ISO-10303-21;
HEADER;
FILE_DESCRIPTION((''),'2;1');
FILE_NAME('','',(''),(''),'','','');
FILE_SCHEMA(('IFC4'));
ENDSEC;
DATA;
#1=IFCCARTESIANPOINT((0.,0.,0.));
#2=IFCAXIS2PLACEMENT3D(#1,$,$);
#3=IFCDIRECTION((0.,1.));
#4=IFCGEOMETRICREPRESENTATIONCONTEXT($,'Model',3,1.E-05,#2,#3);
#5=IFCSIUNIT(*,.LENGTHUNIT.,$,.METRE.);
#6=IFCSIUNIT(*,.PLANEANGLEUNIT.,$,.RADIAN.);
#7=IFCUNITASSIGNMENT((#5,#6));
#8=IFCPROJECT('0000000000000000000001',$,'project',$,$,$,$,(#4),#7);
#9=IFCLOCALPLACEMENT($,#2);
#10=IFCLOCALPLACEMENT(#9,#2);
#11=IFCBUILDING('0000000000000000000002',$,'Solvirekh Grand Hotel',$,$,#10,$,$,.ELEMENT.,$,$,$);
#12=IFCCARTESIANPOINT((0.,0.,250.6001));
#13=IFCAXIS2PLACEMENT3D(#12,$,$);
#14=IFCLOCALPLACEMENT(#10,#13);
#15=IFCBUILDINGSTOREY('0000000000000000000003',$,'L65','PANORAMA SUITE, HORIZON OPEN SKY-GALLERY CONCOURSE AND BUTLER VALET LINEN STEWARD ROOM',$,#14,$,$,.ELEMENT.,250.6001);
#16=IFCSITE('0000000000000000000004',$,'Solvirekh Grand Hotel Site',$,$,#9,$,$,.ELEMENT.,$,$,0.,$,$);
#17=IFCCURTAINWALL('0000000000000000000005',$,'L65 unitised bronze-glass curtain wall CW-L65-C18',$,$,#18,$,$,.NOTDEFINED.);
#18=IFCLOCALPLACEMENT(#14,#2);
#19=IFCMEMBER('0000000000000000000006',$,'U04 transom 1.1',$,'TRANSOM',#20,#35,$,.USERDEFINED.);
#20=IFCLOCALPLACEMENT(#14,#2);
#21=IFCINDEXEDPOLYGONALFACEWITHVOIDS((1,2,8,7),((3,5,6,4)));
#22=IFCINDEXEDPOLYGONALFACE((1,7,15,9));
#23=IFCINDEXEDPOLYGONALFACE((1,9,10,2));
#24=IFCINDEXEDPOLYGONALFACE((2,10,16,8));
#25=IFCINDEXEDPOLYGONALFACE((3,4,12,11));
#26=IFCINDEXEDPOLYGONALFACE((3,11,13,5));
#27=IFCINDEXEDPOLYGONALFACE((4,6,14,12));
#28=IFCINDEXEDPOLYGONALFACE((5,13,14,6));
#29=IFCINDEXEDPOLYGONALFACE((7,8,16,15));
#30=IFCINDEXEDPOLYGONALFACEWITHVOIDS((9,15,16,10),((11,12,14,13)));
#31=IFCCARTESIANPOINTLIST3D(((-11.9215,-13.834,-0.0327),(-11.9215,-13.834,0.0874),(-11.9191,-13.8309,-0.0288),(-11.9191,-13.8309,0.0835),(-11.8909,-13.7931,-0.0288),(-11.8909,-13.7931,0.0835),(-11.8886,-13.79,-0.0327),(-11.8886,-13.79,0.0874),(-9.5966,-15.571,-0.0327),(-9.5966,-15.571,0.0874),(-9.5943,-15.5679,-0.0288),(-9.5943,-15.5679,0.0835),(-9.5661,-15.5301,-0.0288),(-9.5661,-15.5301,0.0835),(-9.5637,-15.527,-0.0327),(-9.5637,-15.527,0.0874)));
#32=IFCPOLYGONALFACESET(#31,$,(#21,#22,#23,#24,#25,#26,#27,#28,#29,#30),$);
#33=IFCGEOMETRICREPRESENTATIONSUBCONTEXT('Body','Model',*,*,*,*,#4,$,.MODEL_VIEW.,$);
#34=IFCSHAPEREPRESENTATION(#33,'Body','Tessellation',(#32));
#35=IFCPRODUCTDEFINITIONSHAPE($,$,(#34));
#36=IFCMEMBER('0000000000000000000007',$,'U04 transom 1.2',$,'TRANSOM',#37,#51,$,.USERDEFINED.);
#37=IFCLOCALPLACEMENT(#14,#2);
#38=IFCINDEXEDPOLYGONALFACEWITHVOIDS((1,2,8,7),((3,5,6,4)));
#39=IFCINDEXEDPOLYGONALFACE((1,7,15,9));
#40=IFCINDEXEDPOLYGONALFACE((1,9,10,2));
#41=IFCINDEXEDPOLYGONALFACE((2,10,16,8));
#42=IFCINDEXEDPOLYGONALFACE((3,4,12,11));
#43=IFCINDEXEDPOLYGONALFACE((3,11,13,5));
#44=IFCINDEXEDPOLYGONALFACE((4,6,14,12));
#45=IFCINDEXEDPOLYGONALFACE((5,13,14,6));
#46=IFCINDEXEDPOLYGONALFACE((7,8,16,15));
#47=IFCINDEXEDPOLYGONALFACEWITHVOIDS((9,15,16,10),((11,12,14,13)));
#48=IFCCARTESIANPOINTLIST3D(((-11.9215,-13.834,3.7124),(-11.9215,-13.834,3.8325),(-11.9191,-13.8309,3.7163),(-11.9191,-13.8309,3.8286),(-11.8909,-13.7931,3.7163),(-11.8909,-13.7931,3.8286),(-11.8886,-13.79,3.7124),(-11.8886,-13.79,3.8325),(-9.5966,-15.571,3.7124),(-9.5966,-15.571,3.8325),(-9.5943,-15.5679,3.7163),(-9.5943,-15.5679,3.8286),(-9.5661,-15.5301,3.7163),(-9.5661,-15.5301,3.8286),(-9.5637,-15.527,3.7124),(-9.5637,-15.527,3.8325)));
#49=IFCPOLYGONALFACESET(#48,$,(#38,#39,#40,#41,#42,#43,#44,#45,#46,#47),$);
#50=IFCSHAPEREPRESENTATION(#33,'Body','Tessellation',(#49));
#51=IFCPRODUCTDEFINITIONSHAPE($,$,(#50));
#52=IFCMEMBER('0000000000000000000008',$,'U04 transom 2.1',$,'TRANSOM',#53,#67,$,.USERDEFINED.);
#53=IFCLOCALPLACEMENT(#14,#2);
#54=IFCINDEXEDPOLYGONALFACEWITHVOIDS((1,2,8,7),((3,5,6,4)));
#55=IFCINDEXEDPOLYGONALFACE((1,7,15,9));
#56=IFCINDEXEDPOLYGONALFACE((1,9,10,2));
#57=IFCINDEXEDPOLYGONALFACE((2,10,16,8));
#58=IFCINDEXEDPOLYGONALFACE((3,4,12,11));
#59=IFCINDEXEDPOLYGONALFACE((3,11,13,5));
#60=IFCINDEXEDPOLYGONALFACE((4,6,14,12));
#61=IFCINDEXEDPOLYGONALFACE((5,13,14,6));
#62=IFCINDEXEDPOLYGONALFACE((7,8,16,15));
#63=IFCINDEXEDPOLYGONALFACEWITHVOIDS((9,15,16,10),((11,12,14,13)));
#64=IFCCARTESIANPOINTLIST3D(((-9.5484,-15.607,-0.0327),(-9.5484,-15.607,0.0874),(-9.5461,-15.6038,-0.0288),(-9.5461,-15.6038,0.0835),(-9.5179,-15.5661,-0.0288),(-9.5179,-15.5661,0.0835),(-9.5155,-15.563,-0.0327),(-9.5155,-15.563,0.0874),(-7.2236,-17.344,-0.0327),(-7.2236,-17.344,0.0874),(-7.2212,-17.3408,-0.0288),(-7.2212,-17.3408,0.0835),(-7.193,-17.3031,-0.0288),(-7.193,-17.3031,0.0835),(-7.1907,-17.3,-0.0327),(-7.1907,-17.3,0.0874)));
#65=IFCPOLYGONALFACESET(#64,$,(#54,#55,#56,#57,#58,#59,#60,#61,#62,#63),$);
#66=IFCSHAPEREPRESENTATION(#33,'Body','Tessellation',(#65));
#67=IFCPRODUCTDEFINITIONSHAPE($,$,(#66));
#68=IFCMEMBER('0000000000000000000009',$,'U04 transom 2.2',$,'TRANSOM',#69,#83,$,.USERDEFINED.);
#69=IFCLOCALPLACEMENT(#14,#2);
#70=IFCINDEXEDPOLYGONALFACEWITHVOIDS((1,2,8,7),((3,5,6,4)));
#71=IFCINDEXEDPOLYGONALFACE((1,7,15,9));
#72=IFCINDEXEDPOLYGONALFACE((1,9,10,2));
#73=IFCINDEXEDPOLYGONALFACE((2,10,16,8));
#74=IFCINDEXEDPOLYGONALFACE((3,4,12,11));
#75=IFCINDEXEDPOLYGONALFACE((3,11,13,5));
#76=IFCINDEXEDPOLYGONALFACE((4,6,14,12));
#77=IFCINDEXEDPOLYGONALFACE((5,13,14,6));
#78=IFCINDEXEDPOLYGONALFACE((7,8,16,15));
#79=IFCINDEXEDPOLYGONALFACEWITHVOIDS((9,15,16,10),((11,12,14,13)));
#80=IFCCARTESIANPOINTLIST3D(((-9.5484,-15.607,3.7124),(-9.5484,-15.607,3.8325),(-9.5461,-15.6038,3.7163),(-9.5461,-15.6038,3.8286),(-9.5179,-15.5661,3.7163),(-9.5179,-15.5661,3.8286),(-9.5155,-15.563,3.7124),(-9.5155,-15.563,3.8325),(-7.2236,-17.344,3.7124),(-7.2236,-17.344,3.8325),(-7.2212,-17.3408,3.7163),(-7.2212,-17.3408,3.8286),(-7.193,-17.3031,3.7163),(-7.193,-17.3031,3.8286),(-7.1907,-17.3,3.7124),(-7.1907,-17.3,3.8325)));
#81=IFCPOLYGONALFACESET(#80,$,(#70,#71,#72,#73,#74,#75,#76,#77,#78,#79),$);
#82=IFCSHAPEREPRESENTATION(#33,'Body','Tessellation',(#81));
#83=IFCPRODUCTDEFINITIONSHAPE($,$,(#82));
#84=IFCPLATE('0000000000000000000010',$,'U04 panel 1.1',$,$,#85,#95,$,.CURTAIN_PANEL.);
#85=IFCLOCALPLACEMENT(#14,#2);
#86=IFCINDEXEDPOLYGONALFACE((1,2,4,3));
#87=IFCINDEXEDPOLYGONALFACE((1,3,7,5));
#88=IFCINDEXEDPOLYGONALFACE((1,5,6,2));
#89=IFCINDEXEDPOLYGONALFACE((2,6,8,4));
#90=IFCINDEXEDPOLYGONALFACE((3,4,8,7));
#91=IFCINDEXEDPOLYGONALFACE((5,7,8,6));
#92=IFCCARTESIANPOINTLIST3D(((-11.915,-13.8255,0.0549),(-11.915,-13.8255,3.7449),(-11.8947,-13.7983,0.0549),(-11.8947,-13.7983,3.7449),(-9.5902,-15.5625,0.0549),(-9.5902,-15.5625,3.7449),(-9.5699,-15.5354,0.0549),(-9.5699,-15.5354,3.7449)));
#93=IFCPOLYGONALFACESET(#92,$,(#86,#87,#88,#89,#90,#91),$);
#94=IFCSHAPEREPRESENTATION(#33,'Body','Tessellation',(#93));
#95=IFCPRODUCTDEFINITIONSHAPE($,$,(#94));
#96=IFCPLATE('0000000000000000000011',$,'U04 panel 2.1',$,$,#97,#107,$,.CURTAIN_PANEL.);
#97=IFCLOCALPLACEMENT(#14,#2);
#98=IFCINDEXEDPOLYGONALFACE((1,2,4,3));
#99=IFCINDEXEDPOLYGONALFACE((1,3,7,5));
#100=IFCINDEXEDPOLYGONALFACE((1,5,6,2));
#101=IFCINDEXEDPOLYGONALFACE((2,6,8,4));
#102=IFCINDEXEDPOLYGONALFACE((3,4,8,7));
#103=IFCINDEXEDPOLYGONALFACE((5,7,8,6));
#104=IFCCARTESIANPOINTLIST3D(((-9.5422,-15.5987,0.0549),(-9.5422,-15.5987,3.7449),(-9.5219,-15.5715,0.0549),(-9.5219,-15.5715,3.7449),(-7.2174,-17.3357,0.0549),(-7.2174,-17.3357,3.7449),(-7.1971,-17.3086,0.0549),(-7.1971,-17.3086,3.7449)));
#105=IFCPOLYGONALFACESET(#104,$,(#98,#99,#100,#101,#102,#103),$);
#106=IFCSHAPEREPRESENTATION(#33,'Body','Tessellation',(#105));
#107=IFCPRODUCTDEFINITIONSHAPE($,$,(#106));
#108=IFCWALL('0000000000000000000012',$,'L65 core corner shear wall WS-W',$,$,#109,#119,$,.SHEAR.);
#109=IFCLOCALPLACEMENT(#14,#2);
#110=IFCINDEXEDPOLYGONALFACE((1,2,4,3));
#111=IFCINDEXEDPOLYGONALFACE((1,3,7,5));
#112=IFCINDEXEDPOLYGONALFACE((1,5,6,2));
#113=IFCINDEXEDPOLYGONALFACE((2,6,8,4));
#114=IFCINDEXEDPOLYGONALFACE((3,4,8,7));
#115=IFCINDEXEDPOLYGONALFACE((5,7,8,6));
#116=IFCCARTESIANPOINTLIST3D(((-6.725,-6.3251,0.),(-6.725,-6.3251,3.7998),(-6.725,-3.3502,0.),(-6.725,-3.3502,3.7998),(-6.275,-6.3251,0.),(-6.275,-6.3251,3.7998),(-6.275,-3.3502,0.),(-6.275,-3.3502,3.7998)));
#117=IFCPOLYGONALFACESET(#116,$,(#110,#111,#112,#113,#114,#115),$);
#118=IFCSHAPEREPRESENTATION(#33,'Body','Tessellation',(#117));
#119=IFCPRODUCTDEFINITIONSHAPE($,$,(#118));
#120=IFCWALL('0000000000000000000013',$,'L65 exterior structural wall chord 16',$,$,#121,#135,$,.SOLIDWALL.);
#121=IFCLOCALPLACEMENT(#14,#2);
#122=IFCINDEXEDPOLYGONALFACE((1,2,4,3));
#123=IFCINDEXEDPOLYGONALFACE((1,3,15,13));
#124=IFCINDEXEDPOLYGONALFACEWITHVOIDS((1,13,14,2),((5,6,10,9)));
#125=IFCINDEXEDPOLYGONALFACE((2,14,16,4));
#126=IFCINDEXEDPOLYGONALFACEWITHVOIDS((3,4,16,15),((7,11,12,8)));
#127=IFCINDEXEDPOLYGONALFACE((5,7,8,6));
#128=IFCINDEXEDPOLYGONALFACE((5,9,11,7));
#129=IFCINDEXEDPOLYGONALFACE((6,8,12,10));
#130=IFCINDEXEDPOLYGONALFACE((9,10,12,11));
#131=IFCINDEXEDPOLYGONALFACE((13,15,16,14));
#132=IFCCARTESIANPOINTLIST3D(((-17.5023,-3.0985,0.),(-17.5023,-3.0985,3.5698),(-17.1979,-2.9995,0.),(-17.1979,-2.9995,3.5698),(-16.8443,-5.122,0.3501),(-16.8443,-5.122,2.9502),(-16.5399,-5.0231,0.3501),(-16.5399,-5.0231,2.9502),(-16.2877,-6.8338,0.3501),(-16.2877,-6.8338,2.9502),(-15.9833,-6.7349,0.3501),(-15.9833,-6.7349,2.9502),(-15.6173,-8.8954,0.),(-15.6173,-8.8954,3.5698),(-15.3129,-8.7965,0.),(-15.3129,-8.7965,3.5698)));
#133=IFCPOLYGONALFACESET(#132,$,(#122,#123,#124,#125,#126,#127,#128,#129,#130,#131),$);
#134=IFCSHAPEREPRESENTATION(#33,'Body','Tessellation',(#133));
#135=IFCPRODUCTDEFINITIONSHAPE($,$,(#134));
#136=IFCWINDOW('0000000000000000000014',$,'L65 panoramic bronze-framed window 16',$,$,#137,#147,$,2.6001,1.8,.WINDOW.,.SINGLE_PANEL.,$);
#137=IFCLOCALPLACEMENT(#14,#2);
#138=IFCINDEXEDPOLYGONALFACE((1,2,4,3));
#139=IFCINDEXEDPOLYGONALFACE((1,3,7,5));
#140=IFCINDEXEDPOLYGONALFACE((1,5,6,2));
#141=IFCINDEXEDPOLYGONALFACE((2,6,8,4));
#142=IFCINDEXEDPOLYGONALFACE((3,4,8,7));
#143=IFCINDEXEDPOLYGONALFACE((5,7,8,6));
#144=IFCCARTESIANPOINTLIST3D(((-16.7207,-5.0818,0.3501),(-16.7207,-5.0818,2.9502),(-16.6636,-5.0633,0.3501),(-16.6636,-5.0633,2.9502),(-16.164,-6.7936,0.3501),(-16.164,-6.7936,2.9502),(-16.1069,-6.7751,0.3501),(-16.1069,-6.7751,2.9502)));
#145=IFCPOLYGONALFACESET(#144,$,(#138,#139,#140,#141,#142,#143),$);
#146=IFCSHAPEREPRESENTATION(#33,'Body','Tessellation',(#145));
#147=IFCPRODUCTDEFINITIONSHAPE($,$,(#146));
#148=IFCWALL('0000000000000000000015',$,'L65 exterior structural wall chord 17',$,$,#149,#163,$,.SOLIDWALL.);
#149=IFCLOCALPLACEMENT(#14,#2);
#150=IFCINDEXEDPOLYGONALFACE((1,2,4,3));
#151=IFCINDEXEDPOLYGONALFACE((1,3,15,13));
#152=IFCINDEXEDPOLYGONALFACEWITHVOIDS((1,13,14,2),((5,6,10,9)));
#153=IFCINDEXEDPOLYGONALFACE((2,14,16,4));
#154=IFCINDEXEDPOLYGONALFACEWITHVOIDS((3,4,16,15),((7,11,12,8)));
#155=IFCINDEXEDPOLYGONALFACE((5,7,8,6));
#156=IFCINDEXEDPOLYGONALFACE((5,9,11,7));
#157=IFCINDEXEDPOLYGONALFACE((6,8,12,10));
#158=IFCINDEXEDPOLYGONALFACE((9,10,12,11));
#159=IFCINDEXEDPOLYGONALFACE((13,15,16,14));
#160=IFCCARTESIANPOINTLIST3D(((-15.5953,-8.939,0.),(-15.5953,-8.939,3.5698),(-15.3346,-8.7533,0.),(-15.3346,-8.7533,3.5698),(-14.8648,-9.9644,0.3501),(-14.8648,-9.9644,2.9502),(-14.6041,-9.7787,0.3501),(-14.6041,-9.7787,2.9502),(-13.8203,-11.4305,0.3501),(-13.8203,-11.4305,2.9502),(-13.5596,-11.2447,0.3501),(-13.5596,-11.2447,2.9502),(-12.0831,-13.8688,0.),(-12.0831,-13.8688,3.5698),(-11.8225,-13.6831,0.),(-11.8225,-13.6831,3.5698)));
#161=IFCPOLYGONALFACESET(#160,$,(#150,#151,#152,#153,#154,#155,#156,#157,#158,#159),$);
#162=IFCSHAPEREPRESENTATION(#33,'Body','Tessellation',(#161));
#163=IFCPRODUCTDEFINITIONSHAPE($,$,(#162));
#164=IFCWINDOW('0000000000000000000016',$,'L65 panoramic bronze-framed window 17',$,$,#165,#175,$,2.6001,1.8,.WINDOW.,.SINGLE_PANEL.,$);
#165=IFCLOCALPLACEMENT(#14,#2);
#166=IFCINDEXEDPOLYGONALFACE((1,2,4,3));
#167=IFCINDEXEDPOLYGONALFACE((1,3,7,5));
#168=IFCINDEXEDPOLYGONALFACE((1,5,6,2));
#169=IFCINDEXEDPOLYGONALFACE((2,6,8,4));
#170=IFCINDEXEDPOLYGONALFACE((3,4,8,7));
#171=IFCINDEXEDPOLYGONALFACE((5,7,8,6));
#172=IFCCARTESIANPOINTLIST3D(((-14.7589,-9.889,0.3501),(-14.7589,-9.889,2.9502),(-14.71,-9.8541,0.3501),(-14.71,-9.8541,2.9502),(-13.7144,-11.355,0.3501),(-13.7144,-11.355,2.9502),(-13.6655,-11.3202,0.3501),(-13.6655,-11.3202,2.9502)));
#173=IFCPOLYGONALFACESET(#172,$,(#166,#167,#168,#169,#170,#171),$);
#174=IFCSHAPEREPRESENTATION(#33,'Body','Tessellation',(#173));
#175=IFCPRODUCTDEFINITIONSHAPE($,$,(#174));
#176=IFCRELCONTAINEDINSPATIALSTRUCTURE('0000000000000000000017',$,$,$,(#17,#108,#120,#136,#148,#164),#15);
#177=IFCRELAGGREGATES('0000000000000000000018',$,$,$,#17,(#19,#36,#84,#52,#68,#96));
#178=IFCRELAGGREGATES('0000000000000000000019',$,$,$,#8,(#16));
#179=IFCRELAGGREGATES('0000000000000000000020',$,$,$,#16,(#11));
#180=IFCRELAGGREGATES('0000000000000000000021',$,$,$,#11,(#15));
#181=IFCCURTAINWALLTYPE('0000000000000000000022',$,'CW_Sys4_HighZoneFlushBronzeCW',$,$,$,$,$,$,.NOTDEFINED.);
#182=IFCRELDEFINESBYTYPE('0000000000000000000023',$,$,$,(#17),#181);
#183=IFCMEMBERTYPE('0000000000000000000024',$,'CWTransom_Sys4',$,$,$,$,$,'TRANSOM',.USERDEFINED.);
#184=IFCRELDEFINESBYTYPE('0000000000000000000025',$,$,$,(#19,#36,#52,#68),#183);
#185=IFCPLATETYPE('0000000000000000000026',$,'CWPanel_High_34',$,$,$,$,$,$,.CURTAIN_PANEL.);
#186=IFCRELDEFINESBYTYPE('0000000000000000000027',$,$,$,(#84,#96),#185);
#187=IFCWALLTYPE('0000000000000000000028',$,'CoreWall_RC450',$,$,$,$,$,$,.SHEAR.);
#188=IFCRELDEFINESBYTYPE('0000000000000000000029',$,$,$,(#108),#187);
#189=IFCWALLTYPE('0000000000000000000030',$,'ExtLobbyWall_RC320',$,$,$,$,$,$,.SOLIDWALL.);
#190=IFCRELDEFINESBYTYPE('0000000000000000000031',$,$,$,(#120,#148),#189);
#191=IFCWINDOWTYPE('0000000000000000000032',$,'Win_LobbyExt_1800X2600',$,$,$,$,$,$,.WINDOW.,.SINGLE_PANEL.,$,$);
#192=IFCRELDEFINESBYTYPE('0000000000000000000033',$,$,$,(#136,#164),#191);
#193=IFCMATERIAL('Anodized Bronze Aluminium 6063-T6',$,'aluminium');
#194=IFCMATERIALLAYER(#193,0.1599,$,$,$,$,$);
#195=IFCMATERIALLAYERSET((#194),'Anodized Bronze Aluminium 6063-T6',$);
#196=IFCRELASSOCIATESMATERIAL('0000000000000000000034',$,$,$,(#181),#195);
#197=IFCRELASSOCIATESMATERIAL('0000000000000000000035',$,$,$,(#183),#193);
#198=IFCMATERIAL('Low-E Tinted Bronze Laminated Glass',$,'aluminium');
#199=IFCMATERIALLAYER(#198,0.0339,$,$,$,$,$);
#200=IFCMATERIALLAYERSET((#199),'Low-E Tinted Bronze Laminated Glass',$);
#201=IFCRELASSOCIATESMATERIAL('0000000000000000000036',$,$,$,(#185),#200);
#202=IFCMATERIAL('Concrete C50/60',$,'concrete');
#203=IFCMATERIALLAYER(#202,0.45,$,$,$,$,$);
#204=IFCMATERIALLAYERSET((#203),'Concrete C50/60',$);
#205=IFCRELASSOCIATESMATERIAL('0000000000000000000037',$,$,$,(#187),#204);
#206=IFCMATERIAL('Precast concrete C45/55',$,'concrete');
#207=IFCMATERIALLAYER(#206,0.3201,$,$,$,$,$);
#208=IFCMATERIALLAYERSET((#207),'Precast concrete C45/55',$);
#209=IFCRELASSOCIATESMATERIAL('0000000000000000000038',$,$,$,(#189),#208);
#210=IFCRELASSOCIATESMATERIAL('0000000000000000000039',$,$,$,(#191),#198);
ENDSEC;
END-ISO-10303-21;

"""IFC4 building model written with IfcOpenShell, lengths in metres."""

from ifc_helpers import new_model, si_unit, direction, frame, frame_2d, origin, origin_2d, place, context, subcontext, project, spatial, rectangle, hollow_rectangle, extrude, source, transform, mapped, material, layer, layer_set, material_profile, profile_set, type_object, element, fill, aggregate, save


model = new_model("IFC4")

# Units and contexts
model_context = context("Model", 3, precision=1e-05, world=origin(), true_north=direction((0.0, 1.0)))
body_context = subcontext(model_context, "Body", "Model", "MODEL_VIEW")
ifc_project = project(units=[si_unit("LENGTHUNIT", "METRE"), si_unit("PLANEANGLEUNIT", "RADIAN")], contexts=[model_context])

# Site, building, storey
site_placement = place(None, origin())
site = spatial("IfcSite", under=ifc_project, at=site_placement, Name="Solvirekh Grand Hotel Site", CompositionType="ELEMENT", RefElevation=0.0)
building_placement = place(site_placement, origin())
building = spatial("IfcBuilding", under=site, at=building_placement, Name="Solvirekh Grand Hotel", CompositionType="ELEMENT")
storey_placement = place(building_placement, frame((0.0, 0.0, 250.6001)))
storey = spatial("IfcBuildingStorey", under=building, at=storey_placement, Name="L65", Description="PANORAMA SUITE, HORIZON OPEN SKY-GALLERY CONCOURSE AND BUTLER VALET LINEN STEWARD ROOM", CompositionType="ELEMENT", Elevation=250.6001)

# Shared definitions
ifc_material_1 = material(Name="Concrete C50/60", Category="concrete")

# Curtain wall, members, plates
ifc_material_2 = material(Name="Anodized Bronze Aluminium 6063-T6", Category="aluminium")
ifc_layer_1 = layer(ifc_material_2, 0.1599)
ifc_layer_set_1 = layer_set([ifc_layer_1], Name="Anodized Bronze Aluminium 6063-T6")
curtain_wall_type = type_object("IfcCurtainWallType", Name="CW_Sys4_HighZoneFlushBronzeCW", PredefinedType="NOTDEFINED", material=ifc_layer_set_1)
curtain_wall_placement = place(storey_placement, origin())
curtain_wall = element("IfcCurtainWall", 1, at=curtain_wall_placement, inside=storey, type_object=curtain_wall_type, Name="L65 unitised bronze-glass curtain wall CW-L65-C18", PredefinedType="NOTDEFINED")
ifc_material_profile_1 = material_profile(ifc_material_2, hollow_rectangle(XDim=0.0549, YDim=0.1201, WallThickness=0.0039, at=origin_2d()), Name="ALU RHS 120X55X4")
ifc_profile_set_1 = profile_set([ifc_material_profile_1], Name="Anodized Bronze Aluminium 6063-T6")
member_type_1 = type_object("IfcMemberType", Name="CWTransom_Sys4", ElementType="TRANSOM", PredefinedType="USERDEFINED", material=ifc_profile_set_1)
shared_shape_1 = source(origin(), body_context, "Body", "SweptSolid", [
    extrude(hollow_rectangle(XDim=0.0549, YDim=0.1201, WallThickness=0.0039, at=origin_2d()), origin(), (0.0, 0.0, 1.0), 2.9021),
])
member_1_placement = place(storey_placement, frame((-11.905, -13.812, 0.0273), z_axis=(0.801099, -0.598532, 0.0), x_axis=(0.598532, 0.801099, 0.0)))
member_1 = element("IfcMember", 2, at=member_1_placement, type_object=member_type_1, Name="U04 transom 1.1", ObjectType="TRANSOM", PredefinedType="USERDEFINED", context=body_context, shape_type="MappedRepresentation", body=[
    mapped(shared_shape_1, transform((0.0, 0.0, 0.0), x_axis=(1.0, 0.0, 0.0), y_axis=(0.0, 1.0, 0.0), z_axis=(0.0, 0.0, 1.0), scale=1.0)),
])
member_2_placement = place(storey_placement, frame((-11.905, -13.812, 3.7725), z_axis=(0.801099, -0.598532, 0.0), x_axis=(0.598532, 0.801099, 0.0)))
member_2 = element("IfcMember", 3, at=member_2_placement, type_object=member_type_1, Name="U04 transom 1.2", ObjectType="TRANSOM", PredefinedType="USERDEFINED", context=body_context, shape_type="MappedRepresentation", body=[
    mapped(shared_shape_1, transform((0.0, 0.0, 0.0), x_axis=(1.0, 0.0, 0.0), y_axis=(0.0, 1.0, 0.0), z_axis=(0.0, 0.0, 1.0), scale=1.0)),
])
member_3_placement = place(storey_placement, frame((-9.532, -15.585, 0.0273), z_axis=(0.801099, -0.598532, 0.0), x_axis=(0.598532, 0.801099, 0.0)))
member_3 = element("IfcMember", 4, at=member_3_placement, type_object=member_type_1, Name="U04 transom 2.1", ObjectType="TRANSOM", PredefinedType="USERDEFINED", context=body_context, shape_type="MappedRepresentation", body=[
    mapped(shared_shape_1, transform((0.0, 0.0, 0.0), x_axis=(1.0, 0.0, 0.0), y_axis=(0.0, 1.0, 0.0), z_axis=(0.0, 0.0, 1.0), scale=1.0)),
])
member_4_placement = place(storey_placement, frame((-9.532, -15.585, 3.7725), z_axis=(0.801099, -0.598532, 0.0), x_axis=(0.598532, 0.801099, 0.0)))
member_4 = element("IfcMember", 5, at=member_4_placement, type_object=member_type_1, Name="U04 transom 2.2", ObjectType="TRANSOM", PredefinedType="USERDEFINED", context=body_context, shape_type="MappedRepresentation", body=[
    mapped(shared_shape_1, transform((0.0, 0.0, 0.0), x_axis=(1.0, 0.0, 0.0), y_axis=(0.0, 1.0, 0.0), z_axis=(0.0, 0.0, 1.0), scale=1.0)),
])
ifc_material_3 = material(Name="Low-E Tinted Bronze Laminated Glass", Category="aluminium")
ifc_layer_2 = layer(ifc_material_3, 0.0339)
ifc_layer_set_2 = layer_set([ifc_layer_2], Name="Low-E Tinted Bronze Laminated Glass")
plate_type = type_object("IfcPlateType", Name="CWPanel_High_34", PredefinedType="CURTAIN_PANEL", material=ifc_layer_set_2)
shared_shape_2 = source(origin(), body_context, "Body", "SweptSolid", [
    extrude(rectangle(XDim=2.9021, YDim=0.0339, at=origin_2d()), origin(), (0.0, 0.0, 1.0), 3.6899),
])
plate_1_placement = place(storey_placement, frame((-10.7424, -14.6804, 0.0549), z_axis=(0.0, 0.0, 1.0), x_axis=(0.801082, -0.598555, 0.0)))
plate_1 = element("IfcPlate", 6, at=plate_1_placement, type_object=plate_type, Name="U04 panel 1.1", PredefinedType="CURTAIN_PANEL", context=body_context, shape_type="MappedRepresentation", body=[
    mapped(shared_shape_2, transform((0.0, 0.0, 0.0), x_axis=(1.0, 0.0, 0.0), y_axis=(0.0, 1.0, 0.0), z_axis=(0.0, 0.0, 1.0), scale=1.0)),
])
plate_2_placement = place(storey_placement, frame((-8.3696, -16.4536, 0.0549), z_axis=(0.0, 0.0, 1.0), x_axis=(0.801082, -0.598555, 0.0)))
plate_2 = element("IfcPlate", 7, at=plate_2_placement, type_object=plate_type, Name="U04 panel 2.1", PredefinedType="CURTAIN_PANEL", context=body_context, shape_type="MappedRepresentation", body=[
    mapped(shared_shape_2, transform((0.0, 0.0, 0.0), x_axis=(1.0, 0.0, 0.0), y_axis=(0.0, 1.0, 0.0), z_axis=(0.0, 0.0, 1.0), scale=1.0)),
])
aggregate(curtain_wall, [member_1, member_2, plate_1, member_3, member_4, plate_2])

# Wall
ifc_layer_3 = layer(ifc_material_1, 0.45)
ifc_layer_set_3 = layer_set([ifc_layer_3], Name="Concrete C50/60")
wall_type_1 = type_object("IfcWallType", Name="CoreWall_RC450", PredefinedType="SHEAR", material=ifc_layer_set_3)
wall_1_placement = place(storey_placement, frame((-6.5, -6.325, 0.0), z_axis=(0.0, 0.0, 1.0), x_axis=(0.0, 1.0, 0.0)))
element("IfcWall", 8, at=wall_1_placement, inside=storey, type_object=wall_type_1, Name="L65 core corner shear wall WS-W", PredefinedType="SHEAR", context=body_context, shape_type="SweptSolid", body=[
    extrude(rectangle(XDim=2.9749, YDim=0.45, at=frame_2d((1.4873, 0.0))), origin(), (0.0, 0.0, 1.0), 3.7998),
])

# Walls, openings, windows
ifc_material_4 = material(Name="Precast concrete C45/55", Category="concrete")
ifc_layer_4 = layer(ifc_material_4, 0.3201)
ifc_layer_set_4 = layer_set([ifc_layer_4], Name="Precast concrete C45/55")
wall_type_2 = type_object("IfcWallType", Name="ExtLobbyWall_RC320", PredefinedType="SOLIDWALL", material=ifc_layer_set_4)
wall_2_placement = place(storey_placement, frame((-15.4651, -8.8459, 0.0), z_axis=(0.0, 0.0, 1.0), x_axis=(-0.309238, 0.950985, 0.0)))
wall_2 = element("IfcWall", 9, at=wall_2_placement, inside=storey, type_object=wall_type_2, Name="L65 exterior structural wall chord 16", PredefinedType="SOLIDWALL", context=body_context, shape_type="SweptSolid", body=[
    extrude(rectangle(XDim=6.0957, YDim=0.3201, at=frame_2d((3.0479, 0.0))), origin(), (0.0, 0.0, 1.0), 3.5698),
])
opening_1_placement = place(wall_2_placement, frame((2.168, 0.0, 0.3501)))
opening_1 = element("IfcOpeningElement", 10, at=opening_1_placement, cuts=wall_2, PredefinedType="OPENING", context=body_context, shape_type="SweptSolid", body=[
    extrude(rectangle(XDim=1.8, YDim=2.6001, at=frame_2d((0.8999, 1.3))), frame((0.0, 0.1699, 0.0), z_axis=(0.0, -1.0, 0.0), x_axis=(1.0, 0.0, 0.0)), (0.0, 0.0, 1.0), 0.3401),
])
window_type = type_object("IfcWindowType", Name="Win_LobbyExt_1800X2600", PartitioningType="SINGLE_PANEL", PredefinedType="WINDOW", material=ifc_material_3)
window_1_placement = place(opening_1_placement, origin())
window_1 = element("IfcWindow", 11, at=window_1_placement, inside=storey, type_object=window_type, Name="L65 panoramic bronze-framed window 16", OverallHeight=2.6001, OverallWidth=1.8, PartitioningType="SINGLE_PANEL", PredefinedType="WINDOW", context=body_context, shape_type="SweptSolid", body=[
    extrude(rectangle(XDim=1.8, YDim=2.6001, at=frame_2d((0.8999, 1.3))), frame((0.0, 0.03, 0.0), z_axis=(0.0, -1.0, 0.0), x_axis=(1.0, 0.0, 0.0)), (0.0, 0.0, 1.0), 0.0601),
])
fill(opening_1, window_1)
wall_3_placement = place(storey_placement, frame((-11.9529, -13.7759, 0.0), z_axis=(0.0, 0.0, 1.0), x_axis=(-0.580234, 0.81445, 0.0)))
wall_3 = element("IfcWall", 12, at=wall_3_placement, inside=storey, type_object=wall_type_2, Name="L65 exterior structural wall chord 17", PredefinedType="SOLIDWALL", context=body_context, shape_type="SweptSolid", body=[
    extrude(rectangle(XDim=6.053, YDim=0.3201, at=frame_2d((3.0264, 0.0))), origin(), (0.0, 0.0, 1.0), 3.5698),
])
opening_2_placement = place(wall_3_placement, frame((2.9939, 0.0, 0.3501)))
opening_2 = element("IfcOpeningElement", 13, at=opening_2_placement, cuts=wall_3, PredefinedType="OPENING", context=body_context, shape_type="SweptSolid", body=[
    extrude(rectangle(XDim=1.8, YDim=2.6001, at=frame_2d((0.8999, 1.3))), frame((0.0, 0.1699, 0.0), z_axis=(0.0, -1.0, 0.0), x_axis=(1.0, 0.0, 0.0)), (0.0, 0.0, 1.0), 0.3401),
])
window_2_placement = place(opening_2_placement, origin())
window_2 = element("IfcWindow", 14, at=window_2_placement, inside=storey, type_object=window_type, Name="L65 panoramic bronze-framed window 17", OverallHeight=2.6001, OverallWidth=1.8, PartitioningType="SINGLE_PANEL", PredefinedType="WINDOW", context=body_context, shape_type="SweptSolid", body=[
    extrude(rectangle(XDim=1.8, YDim=2.6001, at=frame_2d((0.8999, 1.3))), frame((0.0, 0.03, 0.0), z_axis=(0.0, -1.0, 0.0), x_axis=(1.0, 0.0, 0.0)), (0.0, 0.0, 1.0), 0.0601),
])
fill(opening_2, window_2)

save(model, "model.ifc")
